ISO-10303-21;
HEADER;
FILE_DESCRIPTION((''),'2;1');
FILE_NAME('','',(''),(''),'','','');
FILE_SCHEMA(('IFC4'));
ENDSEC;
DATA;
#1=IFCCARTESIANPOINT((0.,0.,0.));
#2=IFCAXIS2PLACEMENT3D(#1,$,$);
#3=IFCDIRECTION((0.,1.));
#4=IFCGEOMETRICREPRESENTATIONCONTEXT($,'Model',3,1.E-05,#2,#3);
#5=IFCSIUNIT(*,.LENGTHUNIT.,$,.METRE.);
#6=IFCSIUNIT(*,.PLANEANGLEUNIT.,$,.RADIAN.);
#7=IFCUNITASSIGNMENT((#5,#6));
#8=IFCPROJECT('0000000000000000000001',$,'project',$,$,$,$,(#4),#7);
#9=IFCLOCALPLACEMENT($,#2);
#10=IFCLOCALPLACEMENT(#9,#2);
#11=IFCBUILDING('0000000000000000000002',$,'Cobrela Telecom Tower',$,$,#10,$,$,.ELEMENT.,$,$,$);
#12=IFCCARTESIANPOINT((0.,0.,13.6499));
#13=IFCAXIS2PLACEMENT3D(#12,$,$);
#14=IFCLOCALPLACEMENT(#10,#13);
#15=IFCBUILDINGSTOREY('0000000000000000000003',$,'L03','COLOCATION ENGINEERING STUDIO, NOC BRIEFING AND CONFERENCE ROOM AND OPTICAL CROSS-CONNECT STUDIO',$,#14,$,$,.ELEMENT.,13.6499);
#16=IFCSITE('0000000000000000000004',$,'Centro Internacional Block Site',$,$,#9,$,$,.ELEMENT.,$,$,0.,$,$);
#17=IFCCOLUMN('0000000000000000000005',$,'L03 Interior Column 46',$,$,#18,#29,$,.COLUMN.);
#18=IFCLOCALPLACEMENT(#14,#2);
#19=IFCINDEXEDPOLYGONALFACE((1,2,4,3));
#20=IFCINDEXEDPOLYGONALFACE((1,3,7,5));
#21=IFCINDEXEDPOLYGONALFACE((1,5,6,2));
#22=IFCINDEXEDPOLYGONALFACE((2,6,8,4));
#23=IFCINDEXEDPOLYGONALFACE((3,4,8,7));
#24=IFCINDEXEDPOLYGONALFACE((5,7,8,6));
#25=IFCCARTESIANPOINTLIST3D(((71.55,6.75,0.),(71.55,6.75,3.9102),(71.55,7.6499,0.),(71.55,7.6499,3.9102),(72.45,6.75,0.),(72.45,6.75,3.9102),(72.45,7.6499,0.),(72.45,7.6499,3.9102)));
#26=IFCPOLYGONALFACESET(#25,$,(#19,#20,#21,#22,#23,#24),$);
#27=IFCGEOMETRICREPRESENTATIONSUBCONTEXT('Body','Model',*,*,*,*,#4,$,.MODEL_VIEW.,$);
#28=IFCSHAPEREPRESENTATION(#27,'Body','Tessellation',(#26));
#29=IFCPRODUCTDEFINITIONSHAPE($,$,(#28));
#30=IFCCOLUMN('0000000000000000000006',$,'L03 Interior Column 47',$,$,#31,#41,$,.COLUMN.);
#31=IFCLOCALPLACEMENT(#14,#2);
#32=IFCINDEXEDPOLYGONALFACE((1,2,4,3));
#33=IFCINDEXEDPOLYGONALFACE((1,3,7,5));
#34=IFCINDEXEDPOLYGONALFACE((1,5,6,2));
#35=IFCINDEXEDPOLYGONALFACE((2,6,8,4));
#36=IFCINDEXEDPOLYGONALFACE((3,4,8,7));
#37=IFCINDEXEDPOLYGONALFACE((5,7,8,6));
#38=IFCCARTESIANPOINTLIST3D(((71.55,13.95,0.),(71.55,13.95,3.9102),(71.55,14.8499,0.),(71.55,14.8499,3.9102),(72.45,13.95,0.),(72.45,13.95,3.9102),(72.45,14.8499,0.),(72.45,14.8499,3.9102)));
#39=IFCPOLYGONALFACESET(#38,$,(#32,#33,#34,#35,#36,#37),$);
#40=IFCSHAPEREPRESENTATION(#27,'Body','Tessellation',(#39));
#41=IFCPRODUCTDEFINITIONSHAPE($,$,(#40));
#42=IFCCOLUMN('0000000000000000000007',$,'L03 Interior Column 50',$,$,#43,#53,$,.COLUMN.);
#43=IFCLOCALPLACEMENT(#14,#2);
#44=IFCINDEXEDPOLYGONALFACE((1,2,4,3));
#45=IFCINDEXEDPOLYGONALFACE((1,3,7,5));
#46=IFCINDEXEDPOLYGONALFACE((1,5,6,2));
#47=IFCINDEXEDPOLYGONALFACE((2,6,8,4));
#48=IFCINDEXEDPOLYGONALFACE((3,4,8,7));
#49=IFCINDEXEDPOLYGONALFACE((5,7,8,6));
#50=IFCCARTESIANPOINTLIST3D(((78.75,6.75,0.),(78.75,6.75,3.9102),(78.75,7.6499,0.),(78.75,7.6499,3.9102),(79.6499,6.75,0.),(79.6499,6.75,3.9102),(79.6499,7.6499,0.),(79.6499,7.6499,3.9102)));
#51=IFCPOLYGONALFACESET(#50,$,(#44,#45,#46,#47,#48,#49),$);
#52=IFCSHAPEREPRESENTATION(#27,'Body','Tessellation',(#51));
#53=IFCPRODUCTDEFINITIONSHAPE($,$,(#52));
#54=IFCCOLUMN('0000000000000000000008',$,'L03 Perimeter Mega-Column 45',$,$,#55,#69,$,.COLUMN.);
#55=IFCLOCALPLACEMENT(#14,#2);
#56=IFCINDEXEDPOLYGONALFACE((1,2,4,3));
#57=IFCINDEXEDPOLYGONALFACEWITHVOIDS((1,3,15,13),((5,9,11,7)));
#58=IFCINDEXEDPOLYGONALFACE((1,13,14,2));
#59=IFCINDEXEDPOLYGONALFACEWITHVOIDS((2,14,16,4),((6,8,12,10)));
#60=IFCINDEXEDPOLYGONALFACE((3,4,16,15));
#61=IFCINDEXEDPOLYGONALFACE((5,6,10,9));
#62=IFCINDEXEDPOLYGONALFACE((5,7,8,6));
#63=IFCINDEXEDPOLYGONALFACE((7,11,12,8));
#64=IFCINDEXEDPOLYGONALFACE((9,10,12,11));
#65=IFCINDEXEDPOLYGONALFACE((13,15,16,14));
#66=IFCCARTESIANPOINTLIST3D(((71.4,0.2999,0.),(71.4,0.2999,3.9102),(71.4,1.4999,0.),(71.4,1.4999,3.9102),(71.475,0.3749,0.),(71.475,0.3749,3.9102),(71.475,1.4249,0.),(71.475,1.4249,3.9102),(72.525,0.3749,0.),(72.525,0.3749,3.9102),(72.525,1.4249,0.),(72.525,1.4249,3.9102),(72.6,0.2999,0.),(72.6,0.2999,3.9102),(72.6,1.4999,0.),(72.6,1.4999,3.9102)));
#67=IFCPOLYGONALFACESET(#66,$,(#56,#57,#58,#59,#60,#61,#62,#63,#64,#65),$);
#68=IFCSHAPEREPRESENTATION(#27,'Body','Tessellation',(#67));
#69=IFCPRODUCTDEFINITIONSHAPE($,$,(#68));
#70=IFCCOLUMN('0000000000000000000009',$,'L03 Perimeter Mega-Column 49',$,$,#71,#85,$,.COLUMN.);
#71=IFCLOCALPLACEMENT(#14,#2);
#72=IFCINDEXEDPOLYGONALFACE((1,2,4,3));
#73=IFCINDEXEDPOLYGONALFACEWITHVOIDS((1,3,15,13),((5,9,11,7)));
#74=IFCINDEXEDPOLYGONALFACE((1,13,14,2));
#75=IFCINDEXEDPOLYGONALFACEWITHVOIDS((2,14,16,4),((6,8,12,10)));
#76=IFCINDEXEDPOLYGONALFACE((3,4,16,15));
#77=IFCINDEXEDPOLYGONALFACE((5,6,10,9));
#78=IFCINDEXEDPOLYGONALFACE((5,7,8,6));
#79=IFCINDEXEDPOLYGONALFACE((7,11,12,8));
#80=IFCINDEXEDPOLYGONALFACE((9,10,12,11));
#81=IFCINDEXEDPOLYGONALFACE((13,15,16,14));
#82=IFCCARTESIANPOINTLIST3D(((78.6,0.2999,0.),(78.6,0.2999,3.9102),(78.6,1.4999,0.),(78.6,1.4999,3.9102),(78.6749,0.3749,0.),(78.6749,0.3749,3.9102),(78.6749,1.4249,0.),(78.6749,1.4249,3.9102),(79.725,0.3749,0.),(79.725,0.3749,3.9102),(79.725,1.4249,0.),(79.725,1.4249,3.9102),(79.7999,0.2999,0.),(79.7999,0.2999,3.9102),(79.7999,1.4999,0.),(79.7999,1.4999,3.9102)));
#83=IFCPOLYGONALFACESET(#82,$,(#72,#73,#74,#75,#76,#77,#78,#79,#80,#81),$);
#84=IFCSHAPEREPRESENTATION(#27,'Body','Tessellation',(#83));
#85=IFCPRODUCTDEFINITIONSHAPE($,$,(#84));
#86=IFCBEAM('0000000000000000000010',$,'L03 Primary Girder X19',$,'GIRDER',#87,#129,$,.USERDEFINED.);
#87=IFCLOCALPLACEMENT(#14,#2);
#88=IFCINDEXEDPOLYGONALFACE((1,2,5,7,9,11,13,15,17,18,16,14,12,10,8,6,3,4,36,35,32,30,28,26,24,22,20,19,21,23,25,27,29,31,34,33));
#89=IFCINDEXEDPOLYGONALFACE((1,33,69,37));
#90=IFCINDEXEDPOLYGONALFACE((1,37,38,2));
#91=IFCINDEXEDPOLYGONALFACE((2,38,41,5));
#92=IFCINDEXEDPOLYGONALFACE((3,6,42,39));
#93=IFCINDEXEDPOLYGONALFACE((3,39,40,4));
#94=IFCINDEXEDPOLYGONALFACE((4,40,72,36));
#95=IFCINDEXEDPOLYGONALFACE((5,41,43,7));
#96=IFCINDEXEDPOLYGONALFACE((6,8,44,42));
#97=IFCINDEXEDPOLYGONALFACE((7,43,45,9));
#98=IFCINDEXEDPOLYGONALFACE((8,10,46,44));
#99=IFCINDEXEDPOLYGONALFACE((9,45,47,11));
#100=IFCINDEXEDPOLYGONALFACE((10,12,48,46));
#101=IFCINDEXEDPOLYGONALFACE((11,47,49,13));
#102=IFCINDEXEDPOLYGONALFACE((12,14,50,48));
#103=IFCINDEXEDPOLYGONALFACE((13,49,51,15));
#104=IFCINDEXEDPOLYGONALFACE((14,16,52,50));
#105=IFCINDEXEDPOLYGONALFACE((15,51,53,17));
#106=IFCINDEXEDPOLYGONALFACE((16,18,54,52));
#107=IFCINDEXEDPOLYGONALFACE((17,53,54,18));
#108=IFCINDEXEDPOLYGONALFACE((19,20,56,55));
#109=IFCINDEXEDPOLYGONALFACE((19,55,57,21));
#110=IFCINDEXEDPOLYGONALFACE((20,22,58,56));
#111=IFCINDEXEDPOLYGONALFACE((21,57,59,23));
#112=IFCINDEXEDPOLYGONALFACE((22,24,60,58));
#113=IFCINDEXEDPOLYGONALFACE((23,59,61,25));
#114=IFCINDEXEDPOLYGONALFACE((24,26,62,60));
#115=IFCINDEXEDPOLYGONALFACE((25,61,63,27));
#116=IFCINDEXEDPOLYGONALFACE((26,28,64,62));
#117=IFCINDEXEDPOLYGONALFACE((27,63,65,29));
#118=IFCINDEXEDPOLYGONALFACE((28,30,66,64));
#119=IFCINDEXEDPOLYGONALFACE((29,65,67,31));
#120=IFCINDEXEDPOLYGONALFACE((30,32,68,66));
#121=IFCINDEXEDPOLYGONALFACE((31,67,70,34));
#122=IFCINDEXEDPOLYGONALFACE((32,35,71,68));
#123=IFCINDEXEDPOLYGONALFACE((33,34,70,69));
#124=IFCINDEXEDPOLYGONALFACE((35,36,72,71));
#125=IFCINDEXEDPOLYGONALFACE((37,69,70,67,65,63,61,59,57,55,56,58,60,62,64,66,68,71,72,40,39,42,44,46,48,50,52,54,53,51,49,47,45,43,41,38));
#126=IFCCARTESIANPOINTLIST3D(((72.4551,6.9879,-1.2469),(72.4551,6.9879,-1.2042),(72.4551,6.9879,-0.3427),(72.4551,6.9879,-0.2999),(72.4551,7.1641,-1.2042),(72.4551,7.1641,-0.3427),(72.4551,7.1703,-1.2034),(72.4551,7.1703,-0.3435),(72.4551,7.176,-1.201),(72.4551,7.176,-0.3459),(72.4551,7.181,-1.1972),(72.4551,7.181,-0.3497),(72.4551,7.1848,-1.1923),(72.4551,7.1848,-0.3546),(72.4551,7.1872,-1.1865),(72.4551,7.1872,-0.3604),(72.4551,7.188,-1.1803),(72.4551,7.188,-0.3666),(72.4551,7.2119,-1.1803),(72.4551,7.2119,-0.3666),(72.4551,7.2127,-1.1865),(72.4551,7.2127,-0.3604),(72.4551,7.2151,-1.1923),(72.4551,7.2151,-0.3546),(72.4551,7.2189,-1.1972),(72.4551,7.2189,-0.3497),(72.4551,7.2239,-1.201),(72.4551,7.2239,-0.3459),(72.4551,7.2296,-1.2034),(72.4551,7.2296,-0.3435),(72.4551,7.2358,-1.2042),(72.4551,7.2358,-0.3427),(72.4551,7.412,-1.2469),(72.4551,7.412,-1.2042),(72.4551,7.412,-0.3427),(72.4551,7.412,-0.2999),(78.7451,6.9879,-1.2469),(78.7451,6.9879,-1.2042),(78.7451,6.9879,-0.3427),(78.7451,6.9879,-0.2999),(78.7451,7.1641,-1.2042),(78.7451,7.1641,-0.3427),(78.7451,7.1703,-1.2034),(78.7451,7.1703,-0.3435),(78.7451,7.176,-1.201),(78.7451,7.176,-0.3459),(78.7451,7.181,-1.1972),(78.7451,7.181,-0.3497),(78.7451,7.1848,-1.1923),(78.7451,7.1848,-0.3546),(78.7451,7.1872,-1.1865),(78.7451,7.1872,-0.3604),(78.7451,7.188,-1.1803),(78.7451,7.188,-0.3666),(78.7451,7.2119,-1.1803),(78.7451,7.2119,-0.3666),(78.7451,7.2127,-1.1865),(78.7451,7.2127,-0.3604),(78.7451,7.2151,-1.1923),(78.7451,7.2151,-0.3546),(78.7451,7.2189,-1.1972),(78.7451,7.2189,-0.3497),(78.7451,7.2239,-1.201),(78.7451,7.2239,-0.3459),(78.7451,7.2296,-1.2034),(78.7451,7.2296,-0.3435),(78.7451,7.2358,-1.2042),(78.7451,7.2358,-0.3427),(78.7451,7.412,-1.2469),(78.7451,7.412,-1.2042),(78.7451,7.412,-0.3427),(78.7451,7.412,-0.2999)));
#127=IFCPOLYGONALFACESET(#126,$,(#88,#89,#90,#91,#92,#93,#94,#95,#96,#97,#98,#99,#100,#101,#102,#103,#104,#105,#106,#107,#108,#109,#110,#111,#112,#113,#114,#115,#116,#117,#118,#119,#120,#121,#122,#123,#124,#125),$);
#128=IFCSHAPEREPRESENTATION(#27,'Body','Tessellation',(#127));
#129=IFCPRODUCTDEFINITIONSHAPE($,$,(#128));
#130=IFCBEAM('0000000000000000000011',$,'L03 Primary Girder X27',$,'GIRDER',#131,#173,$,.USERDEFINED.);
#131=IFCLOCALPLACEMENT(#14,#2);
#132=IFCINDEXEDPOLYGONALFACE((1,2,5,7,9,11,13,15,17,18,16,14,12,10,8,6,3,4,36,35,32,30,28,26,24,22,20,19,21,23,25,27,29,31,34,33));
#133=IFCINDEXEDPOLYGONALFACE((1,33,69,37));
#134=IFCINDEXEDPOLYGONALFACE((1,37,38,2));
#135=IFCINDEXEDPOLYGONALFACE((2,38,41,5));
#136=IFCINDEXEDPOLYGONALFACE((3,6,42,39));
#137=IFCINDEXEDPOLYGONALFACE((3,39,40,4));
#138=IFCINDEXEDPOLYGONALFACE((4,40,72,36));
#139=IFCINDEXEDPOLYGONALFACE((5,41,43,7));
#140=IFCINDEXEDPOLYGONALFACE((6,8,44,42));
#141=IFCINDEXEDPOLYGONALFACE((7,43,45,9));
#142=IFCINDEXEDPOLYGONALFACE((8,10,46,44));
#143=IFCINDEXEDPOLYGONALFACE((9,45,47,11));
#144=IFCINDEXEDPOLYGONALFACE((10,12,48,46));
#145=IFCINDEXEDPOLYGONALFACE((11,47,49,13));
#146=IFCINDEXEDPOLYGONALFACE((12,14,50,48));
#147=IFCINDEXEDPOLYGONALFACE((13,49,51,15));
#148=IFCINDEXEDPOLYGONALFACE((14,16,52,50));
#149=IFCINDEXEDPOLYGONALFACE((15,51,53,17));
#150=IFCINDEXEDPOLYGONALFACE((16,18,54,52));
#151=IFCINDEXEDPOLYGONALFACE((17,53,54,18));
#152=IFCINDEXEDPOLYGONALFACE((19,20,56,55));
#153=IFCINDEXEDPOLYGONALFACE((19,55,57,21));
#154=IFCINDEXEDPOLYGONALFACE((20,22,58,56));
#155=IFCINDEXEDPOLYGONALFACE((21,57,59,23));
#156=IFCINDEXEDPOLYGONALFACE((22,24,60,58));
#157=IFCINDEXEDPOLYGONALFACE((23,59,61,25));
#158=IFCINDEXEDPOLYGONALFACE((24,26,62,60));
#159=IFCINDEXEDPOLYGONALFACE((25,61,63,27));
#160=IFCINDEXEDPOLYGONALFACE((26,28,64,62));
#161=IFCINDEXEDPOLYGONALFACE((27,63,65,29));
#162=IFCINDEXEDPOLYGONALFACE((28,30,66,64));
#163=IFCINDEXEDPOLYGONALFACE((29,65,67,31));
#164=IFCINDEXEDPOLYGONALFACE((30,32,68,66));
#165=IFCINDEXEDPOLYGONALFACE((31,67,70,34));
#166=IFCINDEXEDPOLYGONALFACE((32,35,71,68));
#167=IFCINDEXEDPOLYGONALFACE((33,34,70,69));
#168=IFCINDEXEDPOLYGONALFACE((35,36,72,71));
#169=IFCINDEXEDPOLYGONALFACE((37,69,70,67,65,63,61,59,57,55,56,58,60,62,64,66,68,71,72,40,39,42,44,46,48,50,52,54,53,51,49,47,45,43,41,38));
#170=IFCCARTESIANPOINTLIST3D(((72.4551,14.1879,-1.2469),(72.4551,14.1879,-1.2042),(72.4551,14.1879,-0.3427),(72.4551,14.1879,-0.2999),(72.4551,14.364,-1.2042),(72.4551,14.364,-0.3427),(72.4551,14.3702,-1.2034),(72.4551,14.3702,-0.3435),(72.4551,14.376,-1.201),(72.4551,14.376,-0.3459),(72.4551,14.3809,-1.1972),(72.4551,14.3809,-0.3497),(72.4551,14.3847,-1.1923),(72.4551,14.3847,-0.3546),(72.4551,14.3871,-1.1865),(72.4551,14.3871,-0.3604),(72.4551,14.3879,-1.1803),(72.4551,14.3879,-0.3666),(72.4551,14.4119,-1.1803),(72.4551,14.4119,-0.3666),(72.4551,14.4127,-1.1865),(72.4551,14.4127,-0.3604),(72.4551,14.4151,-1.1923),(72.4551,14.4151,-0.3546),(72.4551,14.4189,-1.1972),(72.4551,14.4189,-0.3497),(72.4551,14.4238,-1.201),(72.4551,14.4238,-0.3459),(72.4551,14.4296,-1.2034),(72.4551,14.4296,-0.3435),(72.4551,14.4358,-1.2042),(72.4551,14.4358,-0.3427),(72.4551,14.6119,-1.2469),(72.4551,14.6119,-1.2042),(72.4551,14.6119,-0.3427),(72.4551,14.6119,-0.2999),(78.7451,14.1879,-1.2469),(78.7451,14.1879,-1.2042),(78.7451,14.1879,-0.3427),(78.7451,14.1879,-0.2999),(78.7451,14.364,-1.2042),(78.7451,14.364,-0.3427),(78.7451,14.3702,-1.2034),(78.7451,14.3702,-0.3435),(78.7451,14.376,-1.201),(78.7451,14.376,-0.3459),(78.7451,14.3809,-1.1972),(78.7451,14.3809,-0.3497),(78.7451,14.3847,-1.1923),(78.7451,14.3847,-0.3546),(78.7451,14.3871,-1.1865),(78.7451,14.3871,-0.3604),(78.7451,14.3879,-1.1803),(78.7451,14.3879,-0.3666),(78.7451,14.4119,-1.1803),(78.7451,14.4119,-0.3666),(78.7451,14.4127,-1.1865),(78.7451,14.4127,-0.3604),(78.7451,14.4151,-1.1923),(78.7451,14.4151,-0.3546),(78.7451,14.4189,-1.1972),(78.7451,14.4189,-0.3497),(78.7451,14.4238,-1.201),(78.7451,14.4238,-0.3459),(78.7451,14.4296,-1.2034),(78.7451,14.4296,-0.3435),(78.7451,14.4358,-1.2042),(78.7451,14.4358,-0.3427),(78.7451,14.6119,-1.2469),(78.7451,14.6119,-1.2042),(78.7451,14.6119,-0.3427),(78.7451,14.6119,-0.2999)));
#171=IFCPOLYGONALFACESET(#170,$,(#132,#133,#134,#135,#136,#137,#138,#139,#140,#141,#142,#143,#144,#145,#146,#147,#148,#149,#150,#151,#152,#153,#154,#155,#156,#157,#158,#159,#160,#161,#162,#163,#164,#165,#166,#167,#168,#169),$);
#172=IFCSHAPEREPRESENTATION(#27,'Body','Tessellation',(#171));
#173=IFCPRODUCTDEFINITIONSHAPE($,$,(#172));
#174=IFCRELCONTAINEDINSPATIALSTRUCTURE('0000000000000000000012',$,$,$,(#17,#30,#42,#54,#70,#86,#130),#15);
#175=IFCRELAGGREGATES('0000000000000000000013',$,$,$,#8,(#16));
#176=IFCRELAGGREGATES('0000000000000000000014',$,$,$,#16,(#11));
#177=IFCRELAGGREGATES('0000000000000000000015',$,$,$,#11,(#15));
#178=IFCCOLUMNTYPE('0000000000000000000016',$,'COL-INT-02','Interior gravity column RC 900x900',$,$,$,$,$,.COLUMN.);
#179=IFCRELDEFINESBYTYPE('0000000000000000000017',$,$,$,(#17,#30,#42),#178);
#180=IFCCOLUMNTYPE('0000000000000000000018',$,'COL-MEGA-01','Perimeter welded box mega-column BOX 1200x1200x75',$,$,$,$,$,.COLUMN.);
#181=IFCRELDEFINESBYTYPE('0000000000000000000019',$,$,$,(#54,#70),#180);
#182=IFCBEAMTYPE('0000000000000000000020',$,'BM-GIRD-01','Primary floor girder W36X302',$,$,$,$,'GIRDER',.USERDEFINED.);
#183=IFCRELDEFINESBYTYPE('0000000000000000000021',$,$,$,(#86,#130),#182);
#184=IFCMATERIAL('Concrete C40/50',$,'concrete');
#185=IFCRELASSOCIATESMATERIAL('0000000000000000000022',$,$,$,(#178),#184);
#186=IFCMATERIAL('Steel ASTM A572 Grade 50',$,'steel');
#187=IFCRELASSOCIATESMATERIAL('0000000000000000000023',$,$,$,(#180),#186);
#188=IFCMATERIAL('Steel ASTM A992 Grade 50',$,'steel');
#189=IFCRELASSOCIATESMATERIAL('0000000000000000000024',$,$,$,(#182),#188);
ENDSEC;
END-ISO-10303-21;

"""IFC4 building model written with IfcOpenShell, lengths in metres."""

from ifc_helpers import new_model, si_unit, direction, frame, origin, origin_2d, place, context, subcontext, project, spatial, rectangle, hollow_rectangle, i_section, extrude, material, material_profile, profile_set, type_object, element, save


model = new_model("IFC4")

# Units and contexts
model_context = context("Model", 3, precision=1e-05, world=origin(), true_north=direction((0.0, 1.0)))
body_context = subcontext(model_context, "Body", "Model", "MODEL_VIEW")
ifc_project = project(units=[si_unit("LENGTHUNIT", "METRE"), si_unit("PLANEANGLEUNIT", "RADIAN")], contexts=[model_context])

# Site, building, storey
site_placement = place(None, origin())
site = spatial("IfcSite", under=ifc_project, at=site_placement, Name="Centro Internacional Block Site", CompositionType="ELEMENT", RefElevation=0.0)
building_placement = place(site_placement, origin())
building = spatial("IfcBuilding", under=site, at=building_placement, Name="Cobrela Telecom Tower", CompositionType="ELEMENT")
storey_placement = place(building_placement, frame((0.0, 0.0, 13.6499)))
storey = spatial("IfcBuildingStorey", under=building, at=storey_placement, Name="L03", Description="COLOCATION ENGINEERING STUDIO, NOC BRIEFING AND CONFERENCE ROOM AND OPTICAL CROSS-CONNECT STUDIO", CompositionType="ELEMENT", Elevation=13.6499)

# Columns
ifc_material_1 = material(Name="Concrete C40/50", Category="concrete")
ifc_material_profile_1 = material_profile(ifc_material_1, rectangle(XDim=0.8999, YDim=0.8999, at=origin_2d()), Name="RC 900x900")
ifc_profile_set_1 = profile_set([ifc_material_profile_1], Name="Concrete C40/50")
column_type_1 = type_object("IfcColumnType", Name="COL-INT-02", Description="Interior gravity column RC 900x900", PredefinedType="COLUMN", material=ifc_profile_set_1)
for number, where, z_axis, x_axis, name in (
    (1, (72.0, 7.2, 0.0), (0.0, 0.0, 1.0), (1.0, 0.0, 0.0), "L03 Interior Column 46"),
    (2, (72.0, 14.3999, 0.0), (0.0, 0.0, 1.0), (1.0, 0.0, 0.0), "L03 Interior Column 47"),
    (3, (79.2, 7.2, 0.0), (0.0, 0.0, 1.0), (1.0, 0.0, 0.0), "L03 Interior Column 50"),
):
    element("IfcColumn", number, at=place(storey_placement, frame(where, z_axis=z_axis, x_axis=x_axis)), inside=storey, type_object=column_type_1, Name=name, PredefinedType="COLUMN", context=body_context, shape_type="SweptSolid", body=[
        extrude(rectangle(XDim=0.8999, YDim=0.8999, at=origin_2d()), origin(), (0.0, 0.0, 1.0), 3.9102),
    ])
ifc_material_2 = material(Name="Steel ASTM A572 Grade 50", Category="steel")
ifc_material_profile_2 = material_profile(ifc_material_2, hollow_rectangle(XDim=1.2, YDim=1.2, WallThickness=0.075, at=origin_2d()), Name="BOX 1200x1200x75")
ifc_profile_set_2 = profile_set([ifc_material_profile_2], Name="Steel ASTM A572 Grade 50")
column_type_2 = type_object("IfcColumnType", Name="COL-MEGA-01", Description="Perimeter welded box mega-column BOX 1200x1200x75", PredefinedType="COLUMN", material=ifc_profile_set_2)
for number, where, z_axis, x_axis, name in (
    (4, (72.0, 0.8999, 0.0), (0.0, 0.0, 1.0), (1.0, 0.0, 0.0), "L03 Perimeter Mega-Column 45"),
    (5, (79.2, 0.8999, 0.0), (0.0, 0.0, 1.0), (1.0, 0.0, 0.0), "L03 Perimeter Mega-Column 49"),
):
    element("IfcColumn", number, at=place(storey_placement, frame(where, z_axis=z_axis, x_axis=x_axis)), inside=storey, type_object=column_type_2, Name=name, PredefinedType="COLUMN", context=body_context, shape_type="SweptSolid", body=[
        extrude(hollow_rectangle(XDim=1.2, YDim=1.2, WallThickness=0.075, at=origin_2d()), origin(), (0.0, 0.0, 1.0), 3.9102),
    ])

# Beams
ifc_material_3 = material(Name="Steel ASTM A992 Grade 50", Category="steel")
ifc_material_profile_3 = material_profile(ifc_material_3, i_section(OverallWidth=0.4241, OverallDepth=0.947, WebThickness=0.0239, FlangeThickness=0.0427, FilletRadius=0.0239, at=origin_2d()), Name="W36X302")
ifc_profile_set_3 = profile_set([ifc_material_profile_3], Name="Steel ASTM A992 Grade 50")
beam_type_1 = type_object("IfcBeamType", Name="BM-GIRD-01", Description="Primary floor girder W36X302", ElementType="GIRDER", PredefinedType="USERDEFINED", material=ifc_profile_set_3)
for number, where, z_axis, x_axis, name in (
    (6, (72.4551, 7.2, -0.7734), (1.0, 0.0, 0.0), (0.0, 1.0, 0.0), "L03 Primary Girder X19"),
    (7, (72.4551, 14.3999, -0.7734), (1.0, 0.0, 0.0), (0.0, 1.0, 0.0), "L03 Primary Girder X27"),
):
    element("IfcBeam", number, at=place(storey_placement, frame(where, z_axis=z_axis, x_axis=x_axis)), inside=storey, type_object=beam_type_1, Name=name, ObjectType="GIRDER", PredefinedType="USERDEFINED", context=body_context, shape_type="SweptSolid", body=[
        extrude(i_section(OverallWidth=0.4241, OverallDepth=0.947, WebThickness=0.0239, FlangeThickness=0.0427, FilletRadius=0.0239, at=origin_2d()), origin(), (0.0, 0.0, 1.0), 6.29),
    ])

save(model, "model.ifc")
